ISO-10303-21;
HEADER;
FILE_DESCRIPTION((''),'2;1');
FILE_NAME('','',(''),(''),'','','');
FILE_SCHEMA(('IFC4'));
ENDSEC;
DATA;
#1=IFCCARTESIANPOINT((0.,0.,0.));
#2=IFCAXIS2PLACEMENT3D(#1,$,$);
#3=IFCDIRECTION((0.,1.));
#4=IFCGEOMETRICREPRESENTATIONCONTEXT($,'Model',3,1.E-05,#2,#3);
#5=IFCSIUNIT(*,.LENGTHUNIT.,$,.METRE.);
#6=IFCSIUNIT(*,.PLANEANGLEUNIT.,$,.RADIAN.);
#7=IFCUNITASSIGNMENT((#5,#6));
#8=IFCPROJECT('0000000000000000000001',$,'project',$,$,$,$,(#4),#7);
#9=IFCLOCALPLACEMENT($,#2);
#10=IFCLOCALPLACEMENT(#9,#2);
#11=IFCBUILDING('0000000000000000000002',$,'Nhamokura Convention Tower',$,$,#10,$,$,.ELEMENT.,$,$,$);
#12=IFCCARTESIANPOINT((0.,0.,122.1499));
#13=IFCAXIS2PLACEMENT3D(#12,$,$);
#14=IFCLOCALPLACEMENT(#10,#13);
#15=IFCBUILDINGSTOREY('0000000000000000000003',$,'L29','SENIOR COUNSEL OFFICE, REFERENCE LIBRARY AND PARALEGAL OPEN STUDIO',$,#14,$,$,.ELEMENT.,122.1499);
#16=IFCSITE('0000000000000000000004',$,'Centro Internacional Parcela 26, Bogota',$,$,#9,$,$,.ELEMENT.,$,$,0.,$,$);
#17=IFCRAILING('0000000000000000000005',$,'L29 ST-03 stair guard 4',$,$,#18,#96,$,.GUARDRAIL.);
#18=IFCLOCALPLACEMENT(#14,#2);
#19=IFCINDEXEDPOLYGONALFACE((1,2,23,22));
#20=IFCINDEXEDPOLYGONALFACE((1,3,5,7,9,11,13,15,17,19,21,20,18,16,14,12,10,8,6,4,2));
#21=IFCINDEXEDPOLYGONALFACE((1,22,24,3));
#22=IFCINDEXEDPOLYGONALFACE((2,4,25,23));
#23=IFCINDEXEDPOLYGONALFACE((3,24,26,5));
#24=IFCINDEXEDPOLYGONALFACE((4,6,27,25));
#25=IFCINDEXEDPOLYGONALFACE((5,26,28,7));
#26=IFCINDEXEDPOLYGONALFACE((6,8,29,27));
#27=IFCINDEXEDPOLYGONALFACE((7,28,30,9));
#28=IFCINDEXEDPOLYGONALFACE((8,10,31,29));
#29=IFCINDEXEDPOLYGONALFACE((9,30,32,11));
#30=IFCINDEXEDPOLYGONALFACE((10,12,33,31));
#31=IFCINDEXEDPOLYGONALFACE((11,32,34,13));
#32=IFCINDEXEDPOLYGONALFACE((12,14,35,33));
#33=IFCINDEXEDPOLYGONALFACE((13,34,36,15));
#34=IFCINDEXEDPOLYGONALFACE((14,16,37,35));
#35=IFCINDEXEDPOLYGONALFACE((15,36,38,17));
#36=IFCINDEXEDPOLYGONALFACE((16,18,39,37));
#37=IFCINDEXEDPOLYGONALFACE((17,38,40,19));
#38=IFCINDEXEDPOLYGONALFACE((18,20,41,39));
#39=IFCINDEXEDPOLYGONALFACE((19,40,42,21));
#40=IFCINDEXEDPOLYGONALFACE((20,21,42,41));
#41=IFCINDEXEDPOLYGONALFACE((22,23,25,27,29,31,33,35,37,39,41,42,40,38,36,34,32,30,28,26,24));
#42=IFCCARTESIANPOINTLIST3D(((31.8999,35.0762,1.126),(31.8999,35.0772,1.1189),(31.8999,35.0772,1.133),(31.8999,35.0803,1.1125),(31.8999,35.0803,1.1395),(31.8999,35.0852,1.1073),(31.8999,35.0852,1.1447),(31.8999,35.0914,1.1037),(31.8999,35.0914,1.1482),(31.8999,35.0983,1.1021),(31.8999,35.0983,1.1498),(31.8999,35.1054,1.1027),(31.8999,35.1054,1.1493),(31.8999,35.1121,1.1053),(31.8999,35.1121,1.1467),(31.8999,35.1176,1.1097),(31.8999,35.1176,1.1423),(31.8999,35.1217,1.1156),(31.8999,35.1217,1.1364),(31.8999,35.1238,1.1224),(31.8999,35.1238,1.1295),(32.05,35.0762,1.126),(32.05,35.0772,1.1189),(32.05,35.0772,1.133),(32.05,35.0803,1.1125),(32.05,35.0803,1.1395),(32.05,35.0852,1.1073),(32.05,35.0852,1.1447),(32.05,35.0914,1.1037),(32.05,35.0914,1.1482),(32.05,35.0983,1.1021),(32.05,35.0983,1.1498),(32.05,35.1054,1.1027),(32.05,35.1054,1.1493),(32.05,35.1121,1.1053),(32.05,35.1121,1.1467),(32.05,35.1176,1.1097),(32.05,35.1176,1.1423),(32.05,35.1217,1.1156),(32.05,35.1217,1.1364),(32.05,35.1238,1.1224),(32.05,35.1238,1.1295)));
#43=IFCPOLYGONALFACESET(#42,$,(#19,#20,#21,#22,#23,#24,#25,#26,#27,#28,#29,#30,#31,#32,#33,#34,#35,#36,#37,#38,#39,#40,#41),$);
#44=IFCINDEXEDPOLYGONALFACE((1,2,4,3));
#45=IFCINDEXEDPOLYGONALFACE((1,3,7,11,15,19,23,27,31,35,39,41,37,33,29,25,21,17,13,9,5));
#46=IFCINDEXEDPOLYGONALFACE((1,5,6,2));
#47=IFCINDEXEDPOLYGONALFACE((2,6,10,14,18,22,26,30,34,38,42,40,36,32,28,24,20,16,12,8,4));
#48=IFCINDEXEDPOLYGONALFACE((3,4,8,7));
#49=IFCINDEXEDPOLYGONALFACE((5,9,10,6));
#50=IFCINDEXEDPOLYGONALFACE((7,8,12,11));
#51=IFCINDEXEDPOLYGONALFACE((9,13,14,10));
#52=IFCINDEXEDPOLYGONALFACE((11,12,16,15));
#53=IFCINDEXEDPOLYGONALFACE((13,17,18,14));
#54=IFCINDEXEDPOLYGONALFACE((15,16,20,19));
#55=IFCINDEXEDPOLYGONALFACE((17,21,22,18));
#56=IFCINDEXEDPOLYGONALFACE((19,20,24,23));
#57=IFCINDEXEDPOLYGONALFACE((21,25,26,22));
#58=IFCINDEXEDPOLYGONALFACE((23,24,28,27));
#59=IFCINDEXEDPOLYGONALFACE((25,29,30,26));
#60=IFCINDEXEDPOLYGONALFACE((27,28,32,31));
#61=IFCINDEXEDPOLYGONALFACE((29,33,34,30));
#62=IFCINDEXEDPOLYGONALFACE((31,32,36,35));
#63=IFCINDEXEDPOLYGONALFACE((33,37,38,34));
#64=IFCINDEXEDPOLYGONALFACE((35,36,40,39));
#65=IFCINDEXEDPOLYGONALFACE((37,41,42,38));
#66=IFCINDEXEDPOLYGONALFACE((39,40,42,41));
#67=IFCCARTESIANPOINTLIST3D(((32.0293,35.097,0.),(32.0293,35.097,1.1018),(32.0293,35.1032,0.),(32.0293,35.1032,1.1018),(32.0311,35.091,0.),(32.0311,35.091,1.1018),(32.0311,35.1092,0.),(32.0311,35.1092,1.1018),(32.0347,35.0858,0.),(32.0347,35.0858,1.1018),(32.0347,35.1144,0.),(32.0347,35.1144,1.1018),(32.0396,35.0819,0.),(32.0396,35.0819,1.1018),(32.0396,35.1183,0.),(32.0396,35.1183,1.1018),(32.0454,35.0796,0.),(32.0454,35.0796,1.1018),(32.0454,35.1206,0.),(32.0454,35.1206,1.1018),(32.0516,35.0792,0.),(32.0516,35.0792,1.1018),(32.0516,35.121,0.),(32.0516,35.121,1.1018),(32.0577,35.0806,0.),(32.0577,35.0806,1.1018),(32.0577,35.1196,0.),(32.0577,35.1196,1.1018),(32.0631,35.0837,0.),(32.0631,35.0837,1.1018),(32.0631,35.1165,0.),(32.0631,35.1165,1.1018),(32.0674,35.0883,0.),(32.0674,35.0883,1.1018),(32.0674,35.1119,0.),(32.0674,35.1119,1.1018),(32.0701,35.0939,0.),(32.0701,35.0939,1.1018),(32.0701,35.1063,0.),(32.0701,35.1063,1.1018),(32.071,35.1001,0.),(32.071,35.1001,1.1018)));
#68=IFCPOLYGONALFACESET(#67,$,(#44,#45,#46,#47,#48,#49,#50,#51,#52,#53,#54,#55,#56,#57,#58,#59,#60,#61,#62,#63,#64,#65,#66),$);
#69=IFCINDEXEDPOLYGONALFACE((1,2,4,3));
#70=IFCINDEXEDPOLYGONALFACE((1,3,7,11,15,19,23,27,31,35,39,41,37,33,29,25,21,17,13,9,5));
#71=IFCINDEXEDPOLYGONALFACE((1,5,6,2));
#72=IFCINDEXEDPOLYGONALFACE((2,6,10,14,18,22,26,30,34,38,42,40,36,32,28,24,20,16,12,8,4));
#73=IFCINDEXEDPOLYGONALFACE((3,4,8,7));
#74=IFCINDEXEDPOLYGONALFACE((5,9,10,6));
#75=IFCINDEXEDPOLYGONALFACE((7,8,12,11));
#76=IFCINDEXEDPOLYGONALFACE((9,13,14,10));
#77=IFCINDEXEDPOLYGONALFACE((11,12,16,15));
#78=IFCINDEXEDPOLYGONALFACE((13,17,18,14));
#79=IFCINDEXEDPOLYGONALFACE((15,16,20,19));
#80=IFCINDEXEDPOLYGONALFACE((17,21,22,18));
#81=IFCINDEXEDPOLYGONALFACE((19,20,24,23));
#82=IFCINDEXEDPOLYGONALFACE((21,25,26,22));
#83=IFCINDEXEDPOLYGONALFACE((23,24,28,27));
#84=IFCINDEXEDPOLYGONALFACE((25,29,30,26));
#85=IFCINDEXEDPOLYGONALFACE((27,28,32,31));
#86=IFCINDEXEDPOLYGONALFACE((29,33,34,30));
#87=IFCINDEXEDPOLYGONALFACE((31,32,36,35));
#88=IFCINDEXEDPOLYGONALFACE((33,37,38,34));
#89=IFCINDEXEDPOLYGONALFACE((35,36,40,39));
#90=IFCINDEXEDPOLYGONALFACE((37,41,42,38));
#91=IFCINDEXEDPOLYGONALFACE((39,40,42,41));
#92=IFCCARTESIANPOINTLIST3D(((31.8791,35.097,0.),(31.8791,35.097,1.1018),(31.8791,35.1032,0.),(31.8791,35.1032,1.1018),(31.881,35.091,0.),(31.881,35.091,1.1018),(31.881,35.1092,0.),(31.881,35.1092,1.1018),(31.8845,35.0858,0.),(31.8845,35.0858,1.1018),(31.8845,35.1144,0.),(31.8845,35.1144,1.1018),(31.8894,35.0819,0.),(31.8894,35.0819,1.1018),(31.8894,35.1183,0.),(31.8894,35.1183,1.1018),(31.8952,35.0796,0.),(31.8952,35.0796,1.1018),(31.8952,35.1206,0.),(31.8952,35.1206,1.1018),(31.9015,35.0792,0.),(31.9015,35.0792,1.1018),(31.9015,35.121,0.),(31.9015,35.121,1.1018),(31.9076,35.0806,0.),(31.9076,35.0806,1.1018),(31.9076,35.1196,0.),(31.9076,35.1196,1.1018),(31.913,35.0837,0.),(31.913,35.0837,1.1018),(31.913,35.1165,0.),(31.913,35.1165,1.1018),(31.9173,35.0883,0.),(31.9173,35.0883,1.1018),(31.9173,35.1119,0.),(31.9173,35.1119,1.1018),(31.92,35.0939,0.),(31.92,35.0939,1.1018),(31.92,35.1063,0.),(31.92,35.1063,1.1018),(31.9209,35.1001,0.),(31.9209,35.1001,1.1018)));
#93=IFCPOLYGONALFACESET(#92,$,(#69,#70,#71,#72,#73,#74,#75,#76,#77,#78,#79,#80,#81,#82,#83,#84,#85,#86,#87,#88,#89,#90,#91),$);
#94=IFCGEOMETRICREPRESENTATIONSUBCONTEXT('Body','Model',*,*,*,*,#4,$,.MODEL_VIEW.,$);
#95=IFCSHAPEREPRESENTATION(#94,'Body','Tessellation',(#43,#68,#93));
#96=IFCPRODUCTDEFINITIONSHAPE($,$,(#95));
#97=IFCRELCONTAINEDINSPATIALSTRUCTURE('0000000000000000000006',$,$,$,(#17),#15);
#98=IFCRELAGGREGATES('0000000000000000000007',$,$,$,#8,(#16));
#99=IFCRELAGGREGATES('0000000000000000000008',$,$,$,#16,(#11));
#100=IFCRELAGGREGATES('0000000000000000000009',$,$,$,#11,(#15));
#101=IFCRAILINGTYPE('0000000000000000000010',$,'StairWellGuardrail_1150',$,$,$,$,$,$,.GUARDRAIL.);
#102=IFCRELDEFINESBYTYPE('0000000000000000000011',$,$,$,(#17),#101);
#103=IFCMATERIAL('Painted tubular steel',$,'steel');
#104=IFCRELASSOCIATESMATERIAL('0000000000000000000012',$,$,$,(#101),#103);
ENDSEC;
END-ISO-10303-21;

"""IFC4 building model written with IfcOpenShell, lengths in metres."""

from ifc_helpers import new_model, si_unit, direction, frame, origin, origin_2d, place, context, subcontext, project, spatial, circle, extrude, material, type_object, element, save


model = new_model("IFC4")

# Units and contexts
model_context = context("Model", 3, precision=1e-05, world=origin(), true_north=direction((0.0, 1.0)))
body_context = subcontext(model_context, "Body", "Model", "MODEL_VIEW")
ifc_project = project(units=[si_unit("LENGTHUNIT", "METRE"), si_unit("PLANEANGLEUNIT", "RADIAN")], contexts=[model_context])

# Site, building, storey
site_placement = place(None, origin())
site = spatial("IfcSite", under=ifc_project, at=site_placement, Name="Centro Internacional Parcela 26, Bogota", CompositionType="ELEMENT", RefElevation=0.0)
building_placement = place(site_placement, origin())
building = spatial("IfcBuilding", under=site, at=building_placement, Name="Nhamokura Convention Tower", CompositionType="ELEMENT")
storey_placement = place(building_placement, frame((0.0, 0.0, 122.1499)))
storey = spatial("IfcBuildingStorey", under=building, at=storey_placement, Name="L29", Description="SENIOR COUNSEL OFFICE, REFERENCE LIBRARY AND PARALEGAL OPEN STUDIO", CompositionType="ELEMENT", Elevation=122.1499)

# Railing
ifc_material_1 = material(Name="Painted tubular steel", Category="steel")
railing_type_1 = type_object("IfcRailingType", Name="StairWellGuardrail_1150", PredefinedType="GUARDRAIL", material=ifc_material_1)
railing_1_placement = place(storey_placement, frame((32.05, 35.1001, 0.0)))
element("IfcRailing", 1, at=railing_1_placement, inside=storey, type_object=railing_type_1, Name="L29 ST-03 stair guard 4", PredefinedType="GUARDRAIL", context=body_context, shape_type="SweptSolid", body=[
    extrude(circle(Radius=0.0239, at=origin_2d()), frame((0.0, 0.0, 1.126), z_axis=(-1.0, 0.0, 0.0), x_axis=(0.0, -1.0, 0.0)), (0.0, 0.0, 1.0), 0.1501),
    extrude(circle(Radius=0.021, at=origin_2d()), origin(), (0.0, 0.0, 1.0), 1.1018),
    extrude(circle(Radius=0.021, at=origin_2d()), frame((-0.1501, 0.0, 0.0)), (0.0, 0.0, 1.0), 1.1018),
])

save(model, "model.ifc")
